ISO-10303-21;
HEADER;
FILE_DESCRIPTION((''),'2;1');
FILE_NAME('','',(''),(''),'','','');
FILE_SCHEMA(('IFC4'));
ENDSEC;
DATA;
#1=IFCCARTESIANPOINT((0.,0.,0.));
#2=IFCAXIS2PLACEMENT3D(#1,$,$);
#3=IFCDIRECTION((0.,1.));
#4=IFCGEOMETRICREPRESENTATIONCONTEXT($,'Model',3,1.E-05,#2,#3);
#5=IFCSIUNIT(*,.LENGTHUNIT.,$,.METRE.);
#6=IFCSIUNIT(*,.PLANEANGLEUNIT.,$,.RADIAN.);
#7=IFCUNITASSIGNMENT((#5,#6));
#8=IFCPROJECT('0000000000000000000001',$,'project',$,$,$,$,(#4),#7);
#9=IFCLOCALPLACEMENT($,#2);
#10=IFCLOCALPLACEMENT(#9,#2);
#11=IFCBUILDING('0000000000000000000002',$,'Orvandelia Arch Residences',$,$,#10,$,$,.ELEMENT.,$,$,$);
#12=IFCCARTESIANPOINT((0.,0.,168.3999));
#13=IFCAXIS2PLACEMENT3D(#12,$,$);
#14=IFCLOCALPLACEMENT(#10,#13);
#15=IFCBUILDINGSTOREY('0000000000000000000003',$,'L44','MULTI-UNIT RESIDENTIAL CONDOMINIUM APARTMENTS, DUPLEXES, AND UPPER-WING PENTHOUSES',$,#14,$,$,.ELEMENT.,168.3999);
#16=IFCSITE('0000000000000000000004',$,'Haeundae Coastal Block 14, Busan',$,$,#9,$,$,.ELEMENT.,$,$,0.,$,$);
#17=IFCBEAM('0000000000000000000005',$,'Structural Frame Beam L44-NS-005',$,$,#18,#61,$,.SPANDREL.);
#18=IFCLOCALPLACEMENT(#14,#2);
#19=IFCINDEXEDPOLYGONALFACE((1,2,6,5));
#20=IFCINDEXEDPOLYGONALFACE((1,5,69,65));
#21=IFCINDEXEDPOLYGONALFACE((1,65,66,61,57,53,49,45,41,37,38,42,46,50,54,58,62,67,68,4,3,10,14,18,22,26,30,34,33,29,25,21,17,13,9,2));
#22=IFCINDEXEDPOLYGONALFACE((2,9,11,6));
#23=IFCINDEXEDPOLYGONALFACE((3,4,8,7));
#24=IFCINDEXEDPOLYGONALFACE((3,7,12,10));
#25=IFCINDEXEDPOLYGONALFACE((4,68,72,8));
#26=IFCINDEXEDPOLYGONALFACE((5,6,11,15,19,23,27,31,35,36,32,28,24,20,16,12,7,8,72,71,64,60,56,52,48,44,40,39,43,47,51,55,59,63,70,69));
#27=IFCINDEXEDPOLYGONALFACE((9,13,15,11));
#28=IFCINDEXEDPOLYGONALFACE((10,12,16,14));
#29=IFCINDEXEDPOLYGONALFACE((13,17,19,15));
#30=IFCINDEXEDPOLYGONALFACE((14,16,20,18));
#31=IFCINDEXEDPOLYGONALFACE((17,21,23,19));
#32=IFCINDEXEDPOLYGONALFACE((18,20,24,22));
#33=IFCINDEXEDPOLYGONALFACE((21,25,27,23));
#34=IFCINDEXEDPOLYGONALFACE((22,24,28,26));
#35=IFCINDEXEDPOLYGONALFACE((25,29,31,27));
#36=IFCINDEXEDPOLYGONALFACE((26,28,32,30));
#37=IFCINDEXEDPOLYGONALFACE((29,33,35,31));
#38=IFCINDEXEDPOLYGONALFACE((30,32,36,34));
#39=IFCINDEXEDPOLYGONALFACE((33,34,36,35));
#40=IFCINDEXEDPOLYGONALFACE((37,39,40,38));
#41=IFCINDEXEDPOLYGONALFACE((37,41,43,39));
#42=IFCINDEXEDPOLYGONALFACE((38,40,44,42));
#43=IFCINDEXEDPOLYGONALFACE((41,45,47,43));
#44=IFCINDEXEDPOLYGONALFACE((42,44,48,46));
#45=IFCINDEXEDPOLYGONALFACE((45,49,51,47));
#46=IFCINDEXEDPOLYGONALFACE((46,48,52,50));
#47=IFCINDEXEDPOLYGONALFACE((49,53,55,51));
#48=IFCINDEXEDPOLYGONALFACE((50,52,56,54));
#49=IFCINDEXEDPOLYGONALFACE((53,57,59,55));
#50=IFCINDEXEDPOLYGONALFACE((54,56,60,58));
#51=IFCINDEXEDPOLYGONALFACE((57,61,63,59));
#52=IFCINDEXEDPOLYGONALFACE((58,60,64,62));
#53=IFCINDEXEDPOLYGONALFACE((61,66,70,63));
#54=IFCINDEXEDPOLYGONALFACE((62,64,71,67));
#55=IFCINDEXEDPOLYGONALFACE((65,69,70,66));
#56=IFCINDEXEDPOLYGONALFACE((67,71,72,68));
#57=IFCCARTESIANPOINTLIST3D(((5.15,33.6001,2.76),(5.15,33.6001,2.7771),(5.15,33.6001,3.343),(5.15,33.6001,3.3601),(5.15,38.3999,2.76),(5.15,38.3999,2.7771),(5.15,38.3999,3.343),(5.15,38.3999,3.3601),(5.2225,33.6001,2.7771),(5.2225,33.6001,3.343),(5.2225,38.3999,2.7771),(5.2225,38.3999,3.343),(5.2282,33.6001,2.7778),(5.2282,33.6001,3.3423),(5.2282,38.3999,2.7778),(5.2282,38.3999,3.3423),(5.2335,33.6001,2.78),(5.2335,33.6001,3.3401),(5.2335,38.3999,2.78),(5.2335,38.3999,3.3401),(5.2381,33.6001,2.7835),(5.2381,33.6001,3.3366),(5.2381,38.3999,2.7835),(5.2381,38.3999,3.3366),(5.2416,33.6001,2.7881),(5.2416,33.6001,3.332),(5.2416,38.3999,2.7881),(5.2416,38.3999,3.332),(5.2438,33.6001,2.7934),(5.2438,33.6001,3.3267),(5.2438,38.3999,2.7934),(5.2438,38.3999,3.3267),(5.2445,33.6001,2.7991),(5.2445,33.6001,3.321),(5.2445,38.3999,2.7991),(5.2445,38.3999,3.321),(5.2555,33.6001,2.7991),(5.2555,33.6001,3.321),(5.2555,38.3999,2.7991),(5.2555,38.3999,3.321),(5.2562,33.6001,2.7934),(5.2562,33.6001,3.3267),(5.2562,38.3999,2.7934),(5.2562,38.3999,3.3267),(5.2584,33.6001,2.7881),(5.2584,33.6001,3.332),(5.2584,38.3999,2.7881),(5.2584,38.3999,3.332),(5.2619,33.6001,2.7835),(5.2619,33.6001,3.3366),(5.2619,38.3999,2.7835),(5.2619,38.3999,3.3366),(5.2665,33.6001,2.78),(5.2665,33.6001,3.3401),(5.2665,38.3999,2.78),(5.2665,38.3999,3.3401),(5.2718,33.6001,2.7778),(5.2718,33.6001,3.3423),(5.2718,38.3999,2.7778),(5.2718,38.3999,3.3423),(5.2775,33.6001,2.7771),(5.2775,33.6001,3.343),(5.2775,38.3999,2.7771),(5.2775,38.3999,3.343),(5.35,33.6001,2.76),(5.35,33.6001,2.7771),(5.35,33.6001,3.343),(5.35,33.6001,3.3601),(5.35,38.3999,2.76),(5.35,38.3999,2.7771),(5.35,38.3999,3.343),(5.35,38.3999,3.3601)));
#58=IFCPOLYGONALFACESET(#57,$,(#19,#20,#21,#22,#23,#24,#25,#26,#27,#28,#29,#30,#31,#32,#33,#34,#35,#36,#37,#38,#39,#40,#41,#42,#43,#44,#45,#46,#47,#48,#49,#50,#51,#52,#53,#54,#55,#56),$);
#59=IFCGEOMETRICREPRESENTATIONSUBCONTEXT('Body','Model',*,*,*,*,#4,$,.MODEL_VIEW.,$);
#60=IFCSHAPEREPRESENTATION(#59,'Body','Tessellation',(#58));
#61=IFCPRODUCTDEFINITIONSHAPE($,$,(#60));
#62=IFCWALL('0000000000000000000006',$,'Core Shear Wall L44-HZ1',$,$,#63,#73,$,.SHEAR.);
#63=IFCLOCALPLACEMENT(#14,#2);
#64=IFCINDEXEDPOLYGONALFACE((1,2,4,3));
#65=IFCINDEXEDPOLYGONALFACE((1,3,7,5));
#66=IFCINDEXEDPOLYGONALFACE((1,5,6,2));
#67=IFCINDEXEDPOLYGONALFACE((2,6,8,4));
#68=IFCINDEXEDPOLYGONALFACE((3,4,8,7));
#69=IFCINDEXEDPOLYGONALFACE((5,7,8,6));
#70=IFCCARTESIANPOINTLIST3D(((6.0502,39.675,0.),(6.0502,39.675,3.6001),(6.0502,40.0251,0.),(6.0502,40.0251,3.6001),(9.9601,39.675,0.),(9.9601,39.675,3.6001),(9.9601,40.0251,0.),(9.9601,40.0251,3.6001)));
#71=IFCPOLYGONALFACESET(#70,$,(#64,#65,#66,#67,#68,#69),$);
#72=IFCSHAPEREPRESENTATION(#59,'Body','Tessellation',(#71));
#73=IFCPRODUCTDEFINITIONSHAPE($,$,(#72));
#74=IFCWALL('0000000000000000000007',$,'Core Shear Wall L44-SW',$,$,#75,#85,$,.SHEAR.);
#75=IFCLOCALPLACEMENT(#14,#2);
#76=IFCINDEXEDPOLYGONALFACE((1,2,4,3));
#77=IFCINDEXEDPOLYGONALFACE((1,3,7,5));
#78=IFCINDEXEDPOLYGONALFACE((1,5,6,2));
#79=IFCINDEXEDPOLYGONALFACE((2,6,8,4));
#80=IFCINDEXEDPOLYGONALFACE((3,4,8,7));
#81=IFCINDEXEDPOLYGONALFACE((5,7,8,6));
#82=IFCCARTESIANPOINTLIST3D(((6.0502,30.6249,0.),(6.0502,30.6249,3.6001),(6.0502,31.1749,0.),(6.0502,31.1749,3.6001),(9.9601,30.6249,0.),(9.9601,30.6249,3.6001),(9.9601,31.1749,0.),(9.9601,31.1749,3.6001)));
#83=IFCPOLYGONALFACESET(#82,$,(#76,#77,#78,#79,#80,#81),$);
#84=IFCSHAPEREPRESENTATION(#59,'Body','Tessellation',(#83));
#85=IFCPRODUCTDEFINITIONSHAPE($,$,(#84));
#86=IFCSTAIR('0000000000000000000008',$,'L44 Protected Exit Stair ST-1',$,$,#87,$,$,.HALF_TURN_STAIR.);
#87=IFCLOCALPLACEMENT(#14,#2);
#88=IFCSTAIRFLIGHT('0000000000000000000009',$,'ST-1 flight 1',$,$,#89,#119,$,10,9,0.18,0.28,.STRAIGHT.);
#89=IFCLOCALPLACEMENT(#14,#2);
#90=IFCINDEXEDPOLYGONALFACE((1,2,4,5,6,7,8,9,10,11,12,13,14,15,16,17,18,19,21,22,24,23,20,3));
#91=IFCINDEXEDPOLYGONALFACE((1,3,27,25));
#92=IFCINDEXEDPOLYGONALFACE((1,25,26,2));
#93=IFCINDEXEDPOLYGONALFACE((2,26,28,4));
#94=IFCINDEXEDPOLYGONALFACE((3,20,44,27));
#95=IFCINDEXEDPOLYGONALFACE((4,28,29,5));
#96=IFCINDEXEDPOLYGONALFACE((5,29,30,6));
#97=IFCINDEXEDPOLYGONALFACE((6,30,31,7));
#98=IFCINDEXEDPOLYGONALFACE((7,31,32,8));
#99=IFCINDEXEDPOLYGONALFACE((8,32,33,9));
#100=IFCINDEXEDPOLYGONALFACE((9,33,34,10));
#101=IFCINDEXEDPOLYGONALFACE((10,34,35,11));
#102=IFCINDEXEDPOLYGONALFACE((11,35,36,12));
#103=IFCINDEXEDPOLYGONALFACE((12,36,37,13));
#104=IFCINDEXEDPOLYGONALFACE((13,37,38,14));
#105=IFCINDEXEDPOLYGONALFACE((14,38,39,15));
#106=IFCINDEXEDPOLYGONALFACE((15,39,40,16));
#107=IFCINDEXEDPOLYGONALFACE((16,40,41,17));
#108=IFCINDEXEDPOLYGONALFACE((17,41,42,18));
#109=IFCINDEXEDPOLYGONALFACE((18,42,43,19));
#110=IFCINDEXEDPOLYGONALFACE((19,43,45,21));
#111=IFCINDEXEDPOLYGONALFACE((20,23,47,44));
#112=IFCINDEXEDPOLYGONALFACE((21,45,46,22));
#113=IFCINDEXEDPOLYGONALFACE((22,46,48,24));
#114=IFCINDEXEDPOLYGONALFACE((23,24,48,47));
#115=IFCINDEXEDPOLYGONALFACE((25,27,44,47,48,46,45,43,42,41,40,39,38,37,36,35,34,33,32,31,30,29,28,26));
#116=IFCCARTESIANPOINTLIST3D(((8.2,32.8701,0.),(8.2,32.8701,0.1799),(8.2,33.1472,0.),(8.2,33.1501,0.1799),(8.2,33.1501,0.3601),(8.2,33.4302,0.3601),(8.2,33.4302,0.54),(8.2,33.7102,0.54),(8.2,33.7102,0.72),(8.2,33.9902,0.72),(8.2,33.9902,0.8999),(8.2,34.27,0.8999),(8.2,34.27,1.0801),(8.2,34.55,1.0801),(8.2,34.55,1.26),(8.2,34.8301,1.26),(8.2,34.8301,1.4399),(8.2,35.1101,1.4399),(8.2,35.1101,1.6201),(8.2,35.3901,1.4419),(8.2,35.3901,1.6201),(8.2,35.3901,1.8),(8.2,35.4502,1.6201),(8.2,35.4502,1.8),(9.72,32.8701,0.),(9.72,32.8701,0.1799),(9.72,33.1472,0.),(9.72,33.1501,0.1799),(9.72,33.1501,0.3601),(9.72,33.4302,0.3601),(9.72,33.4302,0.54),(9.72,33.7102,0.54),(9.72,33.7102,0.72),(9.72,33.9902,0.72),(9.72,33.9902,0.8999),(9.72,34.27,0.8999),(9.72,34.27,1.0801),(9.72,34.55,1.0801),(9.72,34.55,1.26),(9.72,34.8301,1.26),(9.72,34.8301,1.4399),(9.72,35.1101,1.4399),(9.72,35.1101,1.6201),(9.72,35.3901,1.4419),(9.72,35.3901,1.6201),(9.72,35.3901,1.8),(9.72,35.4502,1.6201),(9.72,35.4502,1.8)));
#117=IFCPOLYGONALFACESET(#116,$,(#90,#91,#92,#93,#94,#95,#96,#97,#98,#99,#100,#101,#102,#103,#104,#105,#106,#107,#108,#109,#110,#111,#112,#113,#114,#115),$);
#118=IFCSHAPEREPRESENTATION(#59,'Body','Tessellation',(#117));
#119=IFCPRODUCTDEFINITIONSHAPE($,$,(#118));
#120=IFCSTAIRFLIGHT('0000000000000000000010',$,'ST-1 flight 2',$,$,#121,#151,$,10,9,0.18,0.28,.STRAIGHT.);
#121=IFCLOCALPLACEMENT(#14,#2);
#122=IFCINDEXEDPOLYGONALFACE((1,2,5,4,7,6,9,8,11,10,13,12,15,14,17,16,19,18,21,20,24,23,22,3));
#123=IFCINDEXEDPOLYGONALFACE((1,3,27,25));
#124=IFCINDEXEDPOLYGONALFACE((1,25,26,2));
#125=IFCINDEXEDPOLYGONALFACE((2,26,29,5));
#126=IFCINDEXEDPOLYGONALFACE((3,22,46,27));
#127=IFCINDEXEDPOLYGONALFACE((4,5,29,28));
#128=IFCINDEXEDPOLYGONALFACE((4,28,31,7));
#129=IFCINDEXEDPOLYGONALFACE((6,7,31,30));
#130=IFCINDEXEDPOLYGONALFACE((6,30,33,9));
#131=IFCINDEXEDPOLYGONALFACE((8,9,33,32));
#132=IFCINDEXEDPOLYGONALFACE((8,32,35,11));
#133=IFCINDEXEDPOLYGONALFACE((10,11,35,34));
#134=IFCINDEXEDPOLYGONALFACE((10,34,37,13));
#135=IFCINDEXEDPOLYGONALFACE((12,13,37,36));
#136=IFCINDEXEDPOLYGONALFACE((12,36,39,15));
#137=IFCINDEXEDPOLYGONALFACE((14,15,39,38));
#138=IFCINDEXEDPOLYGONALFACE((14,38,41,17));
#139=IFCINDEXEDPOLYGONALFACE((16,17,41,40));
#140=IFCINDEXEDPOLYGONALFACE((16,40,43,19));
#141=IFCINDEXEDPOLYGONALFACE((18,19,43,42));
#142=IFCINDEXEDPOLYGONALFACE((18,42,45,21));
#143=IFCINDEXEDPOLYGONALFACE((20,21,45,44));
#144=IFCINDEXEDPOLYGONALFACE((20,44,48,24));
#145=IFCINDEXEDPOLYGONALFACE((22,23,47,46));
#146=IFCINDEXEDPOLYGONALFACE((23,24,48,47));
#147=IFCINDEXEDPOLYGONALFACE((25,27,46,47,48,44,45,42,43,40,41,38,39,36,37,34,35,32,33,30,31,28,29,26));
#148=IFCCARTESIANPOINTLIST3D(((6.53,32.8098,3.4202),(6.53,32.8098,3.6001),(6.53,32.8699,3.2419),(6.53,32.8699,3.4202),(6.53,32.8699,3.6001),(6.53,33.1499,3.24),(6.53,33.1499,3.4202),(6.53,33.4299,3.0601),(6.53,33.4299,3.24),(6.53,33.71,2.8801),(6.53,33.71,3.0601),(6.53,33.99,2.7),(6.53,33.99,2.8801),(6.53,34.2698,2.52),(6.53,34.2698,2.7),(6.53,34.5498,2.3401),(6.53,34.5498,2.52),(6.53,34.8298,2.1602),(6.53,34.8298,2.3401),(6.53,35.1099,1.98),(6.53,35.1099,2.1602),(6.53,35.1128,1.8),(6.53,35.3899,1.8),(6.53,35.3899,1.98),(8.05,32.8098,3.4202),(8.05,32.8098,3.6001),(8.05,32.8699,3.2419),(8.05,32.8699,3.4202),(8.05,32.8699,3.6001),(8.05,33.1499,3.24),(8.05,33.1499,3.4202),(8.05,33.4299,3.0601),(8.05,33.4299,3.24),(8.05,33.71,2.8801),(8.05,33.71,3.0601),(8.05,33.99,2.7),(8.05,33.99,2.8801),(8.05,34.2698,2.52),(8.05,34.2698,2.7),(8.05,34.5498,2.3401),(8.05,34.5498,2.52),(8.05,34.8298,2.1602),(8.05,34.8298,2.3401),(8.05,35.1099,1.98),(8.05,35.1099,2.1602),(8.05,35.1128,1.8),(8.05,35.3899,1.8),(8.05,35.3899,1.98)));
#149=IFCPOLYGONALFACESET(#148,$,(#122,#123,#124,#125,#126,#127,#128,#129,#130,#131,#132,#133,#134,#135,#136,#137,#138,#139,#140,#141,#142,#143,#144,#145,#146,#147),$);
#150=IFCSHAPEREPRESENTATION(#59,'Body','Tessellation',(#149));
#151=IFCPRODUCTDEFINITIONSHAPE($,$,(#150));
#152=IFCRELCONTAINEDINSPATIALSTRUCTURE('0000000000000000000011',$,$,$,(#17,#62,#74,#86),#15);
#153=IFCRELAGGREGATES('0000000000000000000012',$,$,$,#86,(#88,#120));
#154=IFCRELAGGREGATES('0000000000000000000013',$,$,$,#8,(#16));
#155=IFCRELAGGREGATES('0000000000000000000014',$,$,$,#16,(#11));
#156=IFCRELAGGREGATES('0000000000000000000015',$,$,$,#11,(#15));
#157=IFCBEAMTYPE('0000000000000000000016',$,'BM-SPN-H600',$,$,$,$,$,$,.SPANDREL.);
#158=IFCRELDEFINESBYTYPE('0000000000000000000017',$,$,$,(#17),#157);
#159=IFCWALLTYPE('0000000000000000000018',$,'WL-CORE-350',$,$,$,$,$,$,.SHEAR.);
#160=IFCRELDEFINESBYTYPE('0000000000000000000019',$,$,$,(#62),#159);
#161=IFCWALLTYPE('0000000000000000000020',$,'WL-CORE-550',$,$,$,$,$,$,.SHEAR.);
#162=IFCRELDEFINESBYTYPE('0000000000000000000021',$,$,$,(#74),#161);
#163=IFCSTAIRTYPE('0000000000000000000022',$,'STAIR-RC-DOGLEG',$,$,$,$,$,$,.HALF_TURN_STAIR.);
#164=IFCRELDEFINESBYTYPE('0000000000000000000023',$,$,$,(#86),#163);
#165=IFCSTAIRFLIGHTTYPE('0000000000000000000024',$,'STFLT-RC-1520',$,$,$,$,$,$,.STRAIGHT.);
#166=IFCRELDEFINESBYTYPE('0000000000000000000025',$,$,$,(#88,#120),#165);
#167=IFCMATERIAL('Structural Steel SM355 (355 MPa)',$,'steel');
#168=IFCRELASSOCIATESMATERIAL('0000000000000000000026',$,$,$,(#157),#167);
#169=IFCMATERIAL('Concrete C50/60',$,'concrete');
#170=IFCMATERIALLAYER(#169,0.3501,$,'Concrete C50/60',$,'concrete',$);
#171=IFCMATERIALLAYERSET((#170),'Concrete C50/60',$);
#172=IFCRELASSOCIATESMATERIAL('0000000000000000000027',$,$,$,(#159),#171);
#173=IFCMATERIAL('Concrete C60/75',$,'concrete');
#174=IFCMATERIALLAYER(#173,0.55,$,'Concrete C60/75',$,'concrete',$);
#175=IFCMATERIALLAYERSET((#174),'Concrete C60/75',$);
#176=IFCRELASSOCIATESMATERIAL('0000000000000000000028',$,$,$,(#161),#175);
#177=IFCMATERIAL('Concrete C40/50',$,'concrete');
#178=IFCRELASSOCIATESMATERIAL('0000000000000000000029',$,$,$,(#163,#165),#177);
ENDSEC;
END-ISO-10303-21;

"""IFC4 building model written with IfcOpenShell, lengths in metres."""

from ifc_helpers import new_model, si_unit, direction, frame, frame_2d, origin, origin_2d, place, context, subcontext, project, spatial, polyline, rectangle, i_section, outline, extrude, material, layer, layer_set, material_profile, profile_set, type_object, element, aggregate, save


model = new_model("IFC4")

# Units and contexts
model_context = context("Model", 3, precision=1e-05, world=origin(), true_north=direction((0.0, 1.0)))
body_context = subcontext(model_context, "Body", "Model", "MODEL_VIEW")
ifc_project = project(units=[si_unit("LENGTHUNIT", "METRE"), si_unit("PLANEANGLEUNIT", "RADIAN")], contexts=[model_context])

# Site, building, storey
site_placement = place(None, origin())
site = spatial("IfcSite", under=ifc_project, at=site_placement, Name="Haeundae Coastal Block 14, Busan", CompositionType="ELEMENT", RefElevation=0.0)
building_placement = place(site_placement, origin())
building = spatial("IfcBuilding", under=site, at=building_placement, Name="Orvandelia Arch Residences", CompositionType="ELEMENT")
storey_placement = place(building_placement, frame((0.0, 0.0, 168.3999)))
storey = spatial("IfcBuildingStorey", under=building, at=storey_placement, Name="L44", Description="MULTI-UNIT RESIDENTIAL CONDOMINIUM APARTMENTS, DUPLEXES, AND UPPER-WING PENTHOUSES", CompositionType="ELEMENT", Elevation=168.3999)

# Shared definitions
ifc_material_1 = material(Name="Concrete C60/75", Category="concrete")

# Beam
ifc_material_2 = material(Name="Structural Steel SM355 (355 MPa)", Category="steel")
ifc_material_profile_1 = material_profile(ifc_material_2, i_section(OverallWidth=0.2, OverallDepth=0.6001, WebThickness=0.011, FlangeThickness=0.0171, FilletRadius=0.022, at=origin_2d()), Name="Structural Steel SM355 (355 MPa)", Category="steel")
ifc_profile_set_1 = profile_set([ifc_material_profile_1], Name="Structural Steel SM355 (355 MPa)")
beam_type_1 = type_object("IfcBeamType", Name="BM-SPN-H600", PredefinedType="SPANDREL", material=ifc_profile_set_1)
beam_1_placement = place(storey_placement, frame((5.25, 33.6001, 3.0601), z_axis=(0.0, 1.0, 0.0), x_axis=(-1.0, 0.0, 0.0)))
element("IfcBeam", 1, at=beam_1_placement, inside=storey, type_object=beam_type_1, Name="Structural Frame Beam L44-NS-005", PredefinedType="SPANDREL", context=body_context, shape_type="SweptSolid", body=[
    extrude(i_section(OverallWidth=0.2, OverallDepth=0.6001, WebThickness=0.011, FlangeThickness=0.0171, FilletRadius=0.022, at=origin_2d()), origin(), (0.0, 0.0, 1.0), 4.7998),
])

# Walls
ifc_material_3 = material(Name="Concrete C50/60", Category="concrete")
ifc_layer_1 = layer(ifc_material_3, 0.3501, Name="Concrete C50/60", Category="concrete")
ifc_layer_set_1 = layer_set([ifc_layer_1], Name="Concrete C50/60")
wall_type_1 = type_object("IfcWallType", Name="WL-CORE-350", PredefinedType="SHEAR", material=ifc_layer_set_1)
wall_1_placement = place(storey_placement, frame((6.05, 39.8501, 0.0), z_axis=(0.0, 0.0, 1.0), x_axis=(1.0, 0.0, 0.0)))
element("IfcWall", 2, at=wall_1_placement, inside=storey, type_object=wall_type_1, Name="Core Shear Wall L44-HZ1", PredefinedType="SHEAR", context=body_context, shape_type="SweptSolid", body=[
    extrude(rectangle(XDim=3.9099, YDim=0.3501, at=frame_2d((1.9551, 0.0))), origin(), (0.0, 0.0, 1.0), 3.6001),
])
ifc_layer_2 = layer(ifc_material_1, 0.55, Name="Concrete C60/75", Category="concrete")
ifc_layer_set_2 = layer_set([ifc_layer_2], Name="Concrete C60/75")
wall_type_2 = type_object("IfcWallType", Name="WL-CORE-550", PredefinedType="SHEAR", material=ifc_layer_set_2)
wall_2_placement = place(storey_placement, frame((6.05, 30.8999, 0.0), z_axis=(0.0, 0.0, 1.0), x_axis=(1.0, 0.0, 0.0)))
element("IfcWall", 3, at=wall_2_placement, inside=storey, type_object=wall_type_2, Name="Core Shear Wall L44-SW", PredefinedType="SHEAR", context=body_context, shape_type="SweptSolid", body=[
    extrude(rectangle(XDim=3.9099, YDim=0.55, at=frame_2d((1.9551, 0.0))), origin(), (0.0, 0.0, 1.0), 3.6001),
])

# Stair, stair flights
ifc_material_4 = material(Name="Concrete C40/50", Category="concrete")
stair_type = type_object("IfcStairType", Name="STAIR-RC-DOGLEG", PredefinedType="HALF_TURN_STAIR", material=ifc_material_4)
stair_placement = place(storey_placement, origin())
stair = element("IfcStair", 4, at=stair_placement, inside=storey, type_object=stair_type, Name="L44 Protected Exit Stair ST-1", PredefinedType="HALF_TURN_STAIR")
stair_flight_type = type_object("IfcStairFlightType", Name="STFLT-RC-1520", PredefinedType="STRAIGHT", material=ifc_material_4)
stair_flight_1_placement = place(storey_placement, frame((8.96, 32.8701, 0.0), z_axis=(0.0, 0.0, 1.0), x_axis=(0.0, 1.0, 0.0)))
stair_flight_1 = element("IfcStairFlight", 5, at=stair_flight_1_placement, type_object=stair_flight_type, Name="ST-1 flight 1", NumberOfRisers=10, NumberOfTreads=9, PredefinedType="STRAIGHT", RiserHeight=0.18, TreadLength=0.28, context=body_context, shape_type="SweptSolid", body=[
    extrude(outline(polyline([(0.0, 0.0), (0.0, 0.1799), (0.28, 0.1799), (0.28, 0.3601), (0.5601, 0.3601), (0.5601, 0.54), (0.8401, 0.54), (0.8401, 0.72), (1.1201, 0.72), (1.1201, 0.8999), (1.3999, 0.8999), (1.3999, 1.0801), (1.6799, 1.0801), (1.6799, 1.26), (1.96, 1.26), (1.96, 1.4399), (2.24, 1.4399), (2.24, 1.6201), (2.52, 1.6201), (2.52, 1.8), (2.5801, 1.8), (2.5801, 1.6201), (2.52, 1.4419), (0.2771, 0.0), (0.0, 0.0)])), frame((0.0, 0.76, 0.0), z_axis=(0.0, -1.0, 0.0), x_axis=(1.0, 0.0, 0.0)), (0.0, 0.0, 1.0), 1.52),
])
stair_flight_2_placement = place(storey_placement, frame((7.29, 35.3899, 1.8), z_axis=(0.0, 0.0, 1.0), x_axis=(0.0, -1.0, 0.0)))
stair_flight_2 = element("IfcStairFlight", 6, at=stair_flight_2_placement, type_object=stair_flight_type, Name="ST-1 flight 2", NumberOfRisers=10, NumberOfTreads=9, PredefinedType="STRAIGHT", RiserHeight=0.18, TreadLength=0.28, context=body_context, shape_type="SweptSolid", body=[
    extrude(outline(polyline([(0.0, 0.0), (0.0, 0.1799), (0.28, 0.1799), (0.28, 0.3601), (0.5601, 0.3601), (0.5601, 0.54), (0.8401, 0.54), (0.8401, 0.72), (1.1201, 0.72), (1.1201, 0.8999), (1.3999, 0.8999), (1.3999, 1.0801), (1.6799, 1.0801), (1.6799, 1.26), (1.96, 1.26), (1.96, 1.4399), (2.24, 1.4399), (2.24, 1.6201), (2.52, 1.6201), (2.52, 1.8), (2.5801, 1.8), (2.5801, 1.6201), (2.52, 1.4419), (0.2771, 0.0), (0.0, 0.0)])), frame((0.0, 0.76, 0.0), z_axis=(0.0, -1.0, 0.0), x_axis=(1.0, 0.0, 0.0)), (0.0, 0.0, 1.0), 1.52),
])
aggregate(stair, [stair_flight_1, stair_flight_2])

save(model, "model.ifc")
